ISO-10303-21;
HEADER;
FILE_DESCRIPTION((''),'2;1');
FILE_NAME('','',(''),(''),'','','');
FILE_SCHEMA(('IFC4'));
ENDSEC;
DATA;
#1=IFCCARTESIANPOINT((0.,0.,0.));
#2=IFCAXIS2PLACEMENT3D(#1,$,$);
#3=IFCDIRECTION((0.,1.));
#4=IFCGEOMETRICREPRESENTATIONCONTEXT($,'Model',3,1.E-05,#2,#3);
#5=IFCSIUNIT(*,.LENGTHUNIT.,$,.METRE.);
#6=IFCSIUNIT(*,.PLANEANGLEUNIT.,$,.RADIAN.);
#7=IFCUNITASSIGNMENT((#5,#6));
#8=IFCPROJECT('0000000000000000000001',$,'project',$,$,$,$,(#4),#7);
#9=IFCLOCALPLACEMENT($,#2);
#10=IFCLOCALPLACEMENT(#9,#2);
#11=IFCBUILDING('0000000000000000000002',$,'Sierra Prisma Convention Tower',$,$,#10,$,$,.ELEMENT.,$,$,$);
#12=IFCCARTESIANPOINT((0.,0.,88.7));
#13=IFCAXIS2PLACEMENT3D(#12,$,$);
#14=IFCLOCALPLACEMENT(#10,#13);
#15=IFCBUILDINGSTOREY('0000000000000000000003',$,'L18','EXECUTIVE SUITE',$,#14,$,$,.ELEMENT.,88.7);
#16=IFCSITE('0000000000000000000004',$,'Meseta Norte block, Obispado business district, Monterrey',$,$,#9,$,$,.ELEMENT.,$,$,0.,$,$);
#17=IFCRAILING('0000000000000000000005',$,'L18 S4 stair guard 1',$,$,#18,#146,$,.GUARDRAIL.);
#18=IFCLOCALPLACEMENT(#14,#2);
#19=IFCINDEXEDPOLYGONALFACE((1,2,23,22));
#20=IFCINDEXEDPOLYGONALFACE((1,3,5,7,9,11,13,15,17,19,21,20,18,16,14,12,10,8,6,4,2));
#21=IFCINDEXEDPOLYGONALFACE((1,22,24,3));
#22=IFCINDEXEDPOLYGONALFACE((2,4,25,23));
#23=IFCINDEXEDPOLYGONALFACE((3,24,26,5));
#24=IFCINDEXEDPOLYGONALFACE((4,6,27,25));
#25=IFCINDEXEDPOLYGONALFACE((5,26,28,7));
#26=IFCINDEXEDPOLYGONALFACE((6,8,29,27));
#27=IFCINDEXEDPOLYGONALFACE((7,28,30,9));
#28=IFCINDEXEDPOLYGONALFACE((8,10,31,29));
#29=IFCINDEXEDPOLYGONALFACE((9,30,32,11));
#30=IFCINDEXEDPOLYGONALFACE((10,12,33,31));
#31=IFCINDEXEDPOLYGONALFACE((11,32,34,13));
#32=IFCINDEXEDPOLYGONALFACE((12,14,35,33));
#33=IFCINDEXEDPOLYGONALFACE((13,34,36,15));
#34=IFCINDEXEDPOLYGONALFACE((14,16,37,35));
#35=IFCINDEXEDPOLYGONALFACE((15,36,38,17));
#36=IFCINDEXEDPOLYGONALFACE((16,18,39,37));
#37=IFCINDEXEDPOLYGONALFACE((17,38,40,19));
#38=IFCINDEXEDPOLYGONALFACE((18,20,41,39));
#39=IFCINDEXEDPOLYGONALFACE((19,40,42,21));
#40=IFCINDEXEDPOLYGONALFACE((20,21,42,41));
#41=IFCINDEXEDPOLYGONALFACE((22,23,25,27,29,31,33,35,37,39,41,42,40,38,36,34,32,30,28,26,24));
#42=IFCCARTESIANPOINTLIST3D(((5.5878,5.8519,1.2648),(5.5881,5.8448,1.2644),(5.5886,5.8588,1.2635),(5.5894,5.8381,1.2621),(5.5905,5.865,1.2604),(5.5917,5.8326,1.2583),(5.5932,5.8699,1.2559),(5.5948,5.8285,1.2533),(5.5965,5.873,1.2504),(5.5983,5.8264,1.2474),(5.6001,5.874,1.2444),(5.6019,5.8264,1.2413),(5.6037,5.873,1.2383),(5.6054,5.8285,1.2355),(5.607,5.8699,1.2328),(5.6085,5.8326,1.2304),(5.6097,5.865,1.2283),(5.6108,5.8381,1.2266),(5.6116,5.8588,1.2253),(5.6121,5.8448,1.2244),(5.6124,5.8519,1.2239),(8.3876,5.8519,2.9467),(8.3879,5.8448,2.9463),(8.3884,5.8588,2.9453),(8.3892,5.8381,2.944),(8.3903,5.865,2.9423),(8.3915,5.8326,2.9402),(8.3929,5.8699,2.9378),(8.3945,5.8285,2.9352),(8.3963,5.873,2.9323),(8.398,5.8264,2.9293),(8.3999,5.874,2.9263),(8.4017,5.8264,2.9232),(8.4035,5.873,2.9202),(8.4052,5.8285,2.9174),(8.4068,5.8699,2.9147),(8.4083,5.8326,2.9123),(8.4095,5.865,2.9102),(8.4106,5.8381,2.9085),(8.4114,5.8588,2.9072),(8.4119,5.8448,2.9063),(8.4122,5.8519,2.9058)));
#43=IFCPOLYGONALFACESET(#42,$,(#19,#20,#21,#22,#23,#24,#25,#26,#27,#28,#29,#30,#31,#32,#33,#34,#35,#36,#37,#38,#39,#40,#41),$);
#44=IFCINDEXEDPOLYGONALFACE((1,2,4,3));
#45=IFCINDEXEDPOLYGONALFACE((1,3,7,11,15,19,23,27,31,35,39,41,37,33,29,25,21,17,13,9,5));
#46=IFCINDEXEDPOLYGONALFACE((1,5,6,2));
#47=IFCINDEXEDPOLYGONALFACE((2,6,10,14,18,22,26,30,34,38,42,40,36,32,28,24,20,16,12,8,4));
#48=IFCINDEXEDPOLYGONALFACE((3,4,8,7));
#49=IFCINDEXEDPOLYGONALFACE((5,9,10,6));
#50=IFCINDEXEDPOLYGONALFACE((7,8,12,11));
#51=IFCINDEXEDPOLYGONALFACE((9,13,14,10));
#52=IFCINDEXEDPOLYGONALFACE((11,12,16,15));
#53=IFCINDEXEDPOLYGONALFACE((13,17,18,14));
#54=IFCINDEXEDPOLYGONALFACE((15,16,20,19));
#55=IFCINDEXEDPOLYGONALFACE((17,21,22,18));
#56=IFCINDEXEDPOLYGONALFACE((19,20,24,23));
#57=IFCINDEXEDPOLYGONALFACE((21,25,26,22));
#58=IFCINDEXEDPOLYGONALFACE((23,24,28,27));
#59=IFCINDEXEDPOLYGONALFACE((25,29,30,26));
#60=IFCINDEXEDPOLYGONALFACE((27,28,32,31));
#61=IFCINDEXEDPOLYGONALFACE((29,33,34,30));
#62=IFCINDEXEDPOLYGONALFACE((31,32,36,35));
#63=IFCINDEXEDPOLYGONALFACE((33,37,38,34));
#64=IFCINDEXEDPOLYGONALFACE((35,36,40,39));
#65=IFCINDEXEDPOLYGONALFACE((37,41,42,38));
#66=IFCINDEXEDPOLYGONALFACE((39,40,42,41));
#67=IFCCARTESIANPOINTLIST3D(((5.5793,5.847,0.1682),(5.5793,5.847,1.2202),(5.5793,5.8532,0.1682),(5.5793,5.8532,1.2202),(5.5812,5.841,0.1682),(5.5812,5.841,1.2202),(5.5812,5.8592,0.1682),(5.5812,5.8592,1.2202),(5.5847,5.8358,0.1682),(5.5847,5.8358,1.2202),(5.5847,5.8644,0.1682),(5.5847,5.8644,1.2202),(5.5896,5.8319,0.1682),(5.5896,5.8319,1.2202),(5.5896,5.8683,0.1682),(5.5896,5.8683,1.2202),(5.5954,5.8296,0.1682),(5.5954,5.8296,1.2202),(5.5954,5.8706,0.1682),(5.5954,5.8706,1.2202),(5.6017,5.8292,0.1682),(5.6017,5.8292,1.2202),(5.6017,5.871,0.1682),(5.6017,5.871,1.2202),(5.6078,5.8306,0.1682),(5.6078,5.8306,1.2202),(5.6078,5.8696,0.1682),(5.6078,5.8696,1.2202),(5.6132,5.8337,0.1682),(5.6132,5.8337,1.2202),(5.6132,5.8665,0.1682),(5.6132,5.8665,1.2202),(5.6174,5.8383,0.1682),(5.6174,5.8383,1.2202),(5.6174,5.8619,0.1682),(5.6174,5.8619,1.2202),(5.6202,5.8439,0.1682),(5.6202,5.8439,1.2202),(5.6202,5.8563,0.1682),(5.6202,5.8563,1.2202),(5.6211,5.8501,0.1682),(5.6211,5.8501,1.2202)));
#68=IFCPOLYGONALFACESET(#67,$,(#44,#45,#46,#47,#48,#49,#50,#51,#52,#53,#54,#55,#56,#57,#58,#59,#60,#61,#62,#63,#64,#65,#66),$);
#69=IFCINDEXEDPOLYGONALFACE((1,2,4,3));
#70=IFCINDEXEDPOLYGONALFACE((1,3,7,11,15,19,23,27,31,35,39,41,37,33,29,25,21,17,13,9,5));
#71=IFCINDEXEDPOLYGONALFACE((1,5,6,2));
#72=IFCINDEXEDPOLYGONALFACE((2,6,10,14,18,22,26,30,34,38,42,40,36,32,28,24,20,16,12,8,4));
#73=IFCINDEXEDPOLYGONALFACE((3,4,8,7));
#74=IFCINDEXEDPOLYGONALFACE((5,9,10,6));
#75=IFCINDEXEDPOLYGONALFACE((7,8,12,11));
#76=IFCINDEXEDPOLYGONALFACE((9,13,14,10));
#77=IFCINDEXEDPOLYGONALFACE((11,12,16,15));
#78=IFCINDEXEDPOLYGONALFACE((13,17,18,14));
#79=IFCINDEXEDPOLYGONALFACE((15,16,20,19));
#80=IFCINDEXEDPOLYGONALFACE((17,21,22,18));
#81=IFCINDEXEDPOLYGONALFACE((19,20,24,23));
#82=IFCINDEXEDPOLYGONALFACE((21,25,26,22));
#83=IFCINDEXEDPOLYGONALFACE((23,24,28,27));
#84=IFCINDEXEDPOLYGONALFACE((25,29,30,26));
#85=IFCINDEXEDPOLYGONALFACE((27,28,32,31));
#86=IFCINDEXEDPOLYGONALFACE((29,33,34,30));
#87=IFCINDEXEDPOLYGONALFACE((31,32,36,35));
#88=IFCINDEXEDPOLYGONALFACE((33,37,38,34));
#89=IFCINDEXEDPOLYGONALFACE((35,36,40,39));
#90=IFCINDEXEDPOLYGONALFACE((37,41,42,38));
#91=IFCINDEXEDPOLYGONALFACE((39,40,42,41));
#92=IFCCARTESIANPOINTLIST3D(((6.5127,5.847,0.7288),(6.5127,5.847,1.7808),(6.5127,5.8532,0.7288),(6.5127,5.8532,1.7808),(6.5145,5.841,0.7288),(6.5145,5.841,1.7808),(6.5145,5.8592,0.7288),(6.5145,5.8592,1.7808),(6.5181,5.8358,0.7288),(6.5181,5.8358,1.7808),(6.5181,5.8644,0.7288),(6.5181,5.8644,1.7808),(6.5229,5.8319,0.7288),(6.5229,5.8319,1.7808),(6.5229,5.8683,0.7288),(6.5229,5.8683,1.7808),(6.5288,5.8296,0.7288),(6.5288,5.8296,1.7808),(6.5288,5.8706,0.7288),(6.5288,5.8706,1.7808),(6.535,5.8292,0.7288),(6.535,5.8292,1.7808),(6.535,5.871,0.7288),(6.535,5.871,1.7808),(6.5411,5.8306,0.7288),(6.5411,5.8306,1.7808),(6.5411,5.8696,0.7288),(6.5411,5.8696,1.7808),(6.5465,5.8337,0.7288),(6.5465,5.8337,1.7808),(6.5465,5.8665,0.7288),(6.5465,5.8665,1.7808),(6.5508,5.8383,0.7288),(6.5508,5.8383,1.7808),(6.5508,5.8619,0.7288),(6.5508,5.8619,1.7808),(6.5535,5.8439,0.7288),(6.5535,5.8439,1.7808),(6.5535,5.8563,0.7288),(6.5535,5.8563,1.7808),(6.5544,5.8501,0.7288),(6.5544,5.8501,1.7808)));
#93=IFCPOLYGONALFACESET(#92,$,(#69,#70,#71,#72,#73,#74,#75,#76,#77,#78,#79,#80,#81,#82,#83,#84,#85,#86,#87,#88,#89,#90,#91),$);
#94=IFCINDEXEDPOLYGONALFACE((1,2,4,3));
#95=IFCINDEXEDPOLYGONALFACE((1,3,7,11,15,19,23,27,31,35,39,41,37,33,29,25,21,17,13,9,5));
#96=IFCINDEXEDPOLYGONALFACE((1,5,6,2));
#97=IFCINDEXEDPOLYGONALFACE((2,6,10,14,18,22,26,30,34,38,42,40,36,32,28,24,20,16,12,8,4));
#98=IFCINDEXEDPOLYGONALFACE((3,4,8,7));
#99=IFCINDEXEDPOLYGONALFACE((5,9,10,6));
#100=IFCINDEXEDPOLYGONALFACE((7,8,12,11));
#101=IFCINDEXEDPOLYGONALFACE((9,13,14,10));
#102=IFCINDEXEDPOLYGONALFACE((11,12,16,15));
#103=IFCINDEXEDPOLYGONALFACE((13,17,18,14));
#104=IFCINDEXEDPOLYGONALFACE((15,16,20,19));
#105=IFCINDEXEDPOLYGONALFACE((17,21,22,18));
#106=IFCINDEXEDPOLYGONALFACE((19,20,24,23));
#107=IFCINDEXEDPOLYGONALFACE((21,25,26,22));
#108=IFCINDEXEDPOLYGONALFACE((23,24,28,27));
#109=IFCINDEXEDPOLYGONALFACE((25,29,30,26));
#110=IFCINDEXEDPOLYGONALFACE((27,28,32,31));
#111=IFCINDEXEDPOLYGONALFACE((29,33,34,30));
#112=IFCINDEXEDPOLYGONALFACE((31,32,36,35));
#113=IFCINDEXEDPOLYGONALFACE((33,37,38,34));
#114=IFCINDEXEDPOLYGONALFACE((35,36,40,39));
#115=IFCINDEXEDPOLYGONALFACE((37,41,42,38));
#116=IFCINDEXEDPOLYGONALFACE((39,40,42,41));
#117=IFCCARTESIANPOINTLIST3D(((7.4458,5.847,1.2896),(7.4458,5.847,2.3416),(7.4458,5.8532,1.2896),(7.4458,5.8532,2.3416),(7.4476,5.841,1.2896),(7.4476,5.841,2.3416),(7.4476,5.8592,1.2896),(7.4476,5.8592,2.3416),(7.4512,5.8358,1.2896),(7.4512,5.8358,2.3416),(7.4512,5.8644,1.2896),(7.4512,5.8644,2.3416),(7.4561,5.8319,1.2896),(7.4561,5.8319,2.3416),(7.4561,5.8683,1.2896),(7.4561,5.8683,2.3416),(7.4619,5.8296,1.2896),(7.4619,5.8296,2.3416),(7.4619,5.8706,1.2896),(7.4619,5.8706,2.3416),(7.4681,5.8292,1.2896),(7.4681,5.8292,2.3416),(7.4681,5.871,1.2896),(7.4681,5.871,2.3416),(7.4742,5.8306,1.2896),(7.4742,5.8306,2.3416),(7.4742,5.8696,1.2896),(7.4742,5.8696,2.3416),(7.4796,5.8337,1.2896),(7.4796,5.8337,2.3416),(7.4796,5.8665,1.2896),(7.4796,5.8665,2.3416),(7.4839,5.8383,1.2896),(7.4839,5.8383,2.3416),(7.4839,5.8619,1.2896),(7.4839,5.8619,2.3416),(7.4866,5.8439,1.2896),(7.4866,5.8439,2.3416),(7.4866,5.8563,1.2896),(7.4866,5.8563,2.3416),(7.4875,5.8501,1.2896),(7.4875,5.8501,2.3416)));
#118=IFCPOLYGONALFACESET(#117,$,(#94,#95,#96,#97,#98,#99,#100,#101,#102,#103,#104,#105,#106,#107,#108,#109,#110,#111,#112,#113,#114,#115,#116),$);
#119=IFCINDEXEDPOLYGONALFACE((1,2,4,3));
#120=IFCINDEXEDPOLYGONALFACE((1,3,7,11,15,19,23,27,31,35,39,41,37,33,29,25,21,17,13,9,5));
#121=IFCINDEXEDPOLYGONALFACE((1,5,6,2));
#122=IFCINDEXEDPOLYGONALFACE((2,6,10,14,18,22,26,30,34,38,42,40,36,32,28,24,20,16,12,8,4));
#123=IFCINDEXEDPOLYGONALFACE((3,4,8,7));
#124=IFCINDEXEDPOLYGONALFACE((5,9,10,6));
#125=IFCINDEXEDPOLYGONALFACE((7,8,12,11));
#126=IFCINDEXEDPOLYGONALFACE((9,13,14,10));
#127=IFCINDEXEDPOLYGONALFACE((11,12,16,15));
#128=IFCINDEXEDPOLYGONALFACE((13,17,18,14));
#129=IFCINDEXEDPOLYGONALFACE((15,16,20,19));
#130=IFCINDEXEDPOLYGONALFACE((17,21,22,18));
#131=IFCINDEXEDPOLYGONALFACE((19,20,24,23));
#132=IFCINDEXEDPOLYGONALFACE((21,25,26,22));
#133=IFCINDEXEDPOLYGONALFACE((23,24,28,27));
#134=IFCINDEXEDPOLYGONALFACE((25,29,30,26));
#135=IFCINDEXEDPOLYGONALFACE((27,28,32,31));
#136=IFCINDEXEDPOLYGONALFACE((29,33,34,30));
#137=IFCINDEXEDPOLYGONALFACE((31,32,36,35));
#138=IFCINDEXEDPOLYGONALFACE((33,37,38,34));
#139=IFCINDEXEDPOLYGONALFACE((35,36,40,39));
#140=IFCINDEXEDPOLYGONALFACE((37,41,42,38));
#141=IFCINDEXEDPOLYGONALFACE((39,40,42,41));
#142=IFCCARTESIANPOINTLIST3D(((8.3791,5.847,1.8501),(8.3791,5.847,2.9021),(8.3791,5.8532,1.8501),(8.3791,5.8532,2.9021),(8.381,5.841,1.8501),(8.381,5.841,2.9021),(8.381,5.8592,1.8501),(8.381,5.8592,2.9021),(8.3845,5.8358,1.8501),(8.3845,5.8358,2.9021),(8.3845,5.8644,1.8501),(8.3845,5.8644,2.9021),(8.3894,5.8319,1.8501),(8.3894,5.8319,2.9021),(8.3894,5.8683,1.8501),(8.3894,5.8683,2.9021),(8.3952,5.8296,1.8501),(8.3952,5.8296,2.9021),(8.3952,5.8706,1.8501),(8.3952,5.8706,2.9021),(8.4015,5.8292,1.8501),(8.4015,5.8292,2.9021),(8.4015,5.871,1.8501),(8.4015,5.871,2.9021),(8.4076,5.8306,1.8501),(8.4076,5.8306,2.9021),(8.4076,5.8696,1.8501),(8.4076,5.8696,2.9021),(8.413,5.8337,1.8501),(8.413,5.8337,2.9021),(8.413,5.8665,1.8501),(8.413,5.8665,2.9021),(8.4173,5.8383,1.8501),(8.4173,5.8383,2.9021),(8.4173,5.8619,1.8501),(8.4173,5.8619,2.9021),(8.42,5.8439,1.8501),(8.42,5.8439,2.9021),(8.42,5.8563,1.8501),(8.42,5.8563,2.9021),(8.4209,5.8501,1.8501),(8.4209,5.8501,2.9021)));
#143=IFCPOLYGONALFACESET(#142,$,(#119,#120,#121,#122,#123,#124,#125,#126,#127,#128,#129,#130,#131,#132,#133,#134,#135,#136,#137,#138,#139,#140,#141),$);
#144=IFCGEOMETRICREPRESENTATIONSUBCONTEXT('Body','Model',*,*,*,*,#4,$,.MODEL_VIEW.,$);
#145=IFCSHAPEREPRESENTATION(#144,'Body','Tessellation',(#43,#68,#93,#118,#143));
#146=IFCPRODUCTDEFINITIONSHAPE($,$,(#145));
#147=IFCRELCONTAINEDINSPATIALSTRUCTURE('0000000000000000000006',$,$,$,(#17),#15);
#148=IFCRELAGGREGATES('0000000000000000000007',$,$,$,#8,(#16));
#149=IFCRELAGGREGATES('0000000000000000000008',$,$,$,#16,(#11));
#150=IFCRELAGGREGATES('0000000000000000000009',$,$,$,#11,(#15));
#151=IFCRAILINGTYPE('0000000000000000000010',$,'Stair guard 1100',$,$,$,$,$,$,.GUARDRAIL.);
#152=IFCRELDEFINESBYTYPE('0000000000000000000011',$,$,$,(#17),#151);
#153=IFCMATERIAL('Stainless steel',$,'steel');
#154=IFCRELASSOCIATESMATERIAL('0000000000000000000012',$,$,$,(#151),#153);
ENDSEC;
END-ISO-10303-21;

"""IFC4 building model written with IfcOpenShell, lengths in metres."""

from ifc_helpers import new_model, si_unit, direction, frame, origin, origin_2d, place, context, subcontext, project, spatial, circle, extrude, material, type_object, element, save


model = new_model("IFC4")

# Units and contexts
model_context = context("Model", 3, precision=1e-05, world=origin(), true_north=direction((0.0, 1.0)))
body_context = subcontext(model_context, "Body", "Model", "MODEL_VIEW")
ifc_project = project(units=[si_unit("LENGTHUNIT", "METRE"), si_unit("PLANEANGLEUNIT", "RADIAN")], contexts=[model_context])

# Site, building, storey
site_placement = place(None, origin())
site = spatial("IfcSite", under=ifc_project, at=site_placement, Name="Meseta Norte block, Obispado business district, Monterrey", CompositionType="ELEMENT", RefElevation=0.0)
building_placement = place(site_placement, origin())
building = spatial("IfcBuilding", under=site, at=building_placement, Name="Sierra Prisma Convention Tower", CompositionType="ELEMENT")
storey_placement = place(building_placement, frame((0.0, 0.0, 88.7)))
storey = spatial("IfcBuildingStorey", under=building, at=storey_placement, Name="L18", Description="EXECUTIVE SUITE", CompositionType="ELEMENT", Elevation=88.7)

# Railing
ifc_material_1 = material(Name="Stainless steel", Category="steel")
railing_type_1 = type_object("IfcRailingType", Name="Stair guard 1100", PredefinedType="GUARDRAIL", material=ifc_material_1)
railing_1_placement = place(storey_placement, frame((5.6001, 5.8501, 0.1682)))
element("IfcRailing", 1, at=railing_1_placement, inside=storey, type_object=railing_type_1, Name="L18 S4 stair guard 1", PredefinedType="GUARDRAIL", context=body_context, shape_type="SweptSolid", body=[
    extrude(circle(Radius=0.0239, at=origin_2d()), frame((0.0, 0.0, 1.0762), z_axis=(0.857222, 0.0, 0.514946), x_axis=(0.0, 1.0, 0.0)), (0.0, 0.0, 1.0), 3.2661),
    extrude(circle(Radius=0.021, at=origin_2d()), origin(), (0.0, 0.0, 1.0), 1.052),
    extrude(circle(Radius=0.021, at=origin_2d()), frame((0.9333, 0.0, 0.5605)), (0.0, 0.0, 1.0), 1.052),
    extrude(circle(Radius=0.021, at=origin_2d()), frame((1.8665, 0.0, 1.1213)), (0.0, 0.0, 1.0), 1.052),
    extrude(circle(Radius=0.021, at=origin_2d()), frame((2.7998, 0.0, 1.6819)), (0.0, 0.0, 1.0), 1.052),
])

save(model, "model.ifc")
